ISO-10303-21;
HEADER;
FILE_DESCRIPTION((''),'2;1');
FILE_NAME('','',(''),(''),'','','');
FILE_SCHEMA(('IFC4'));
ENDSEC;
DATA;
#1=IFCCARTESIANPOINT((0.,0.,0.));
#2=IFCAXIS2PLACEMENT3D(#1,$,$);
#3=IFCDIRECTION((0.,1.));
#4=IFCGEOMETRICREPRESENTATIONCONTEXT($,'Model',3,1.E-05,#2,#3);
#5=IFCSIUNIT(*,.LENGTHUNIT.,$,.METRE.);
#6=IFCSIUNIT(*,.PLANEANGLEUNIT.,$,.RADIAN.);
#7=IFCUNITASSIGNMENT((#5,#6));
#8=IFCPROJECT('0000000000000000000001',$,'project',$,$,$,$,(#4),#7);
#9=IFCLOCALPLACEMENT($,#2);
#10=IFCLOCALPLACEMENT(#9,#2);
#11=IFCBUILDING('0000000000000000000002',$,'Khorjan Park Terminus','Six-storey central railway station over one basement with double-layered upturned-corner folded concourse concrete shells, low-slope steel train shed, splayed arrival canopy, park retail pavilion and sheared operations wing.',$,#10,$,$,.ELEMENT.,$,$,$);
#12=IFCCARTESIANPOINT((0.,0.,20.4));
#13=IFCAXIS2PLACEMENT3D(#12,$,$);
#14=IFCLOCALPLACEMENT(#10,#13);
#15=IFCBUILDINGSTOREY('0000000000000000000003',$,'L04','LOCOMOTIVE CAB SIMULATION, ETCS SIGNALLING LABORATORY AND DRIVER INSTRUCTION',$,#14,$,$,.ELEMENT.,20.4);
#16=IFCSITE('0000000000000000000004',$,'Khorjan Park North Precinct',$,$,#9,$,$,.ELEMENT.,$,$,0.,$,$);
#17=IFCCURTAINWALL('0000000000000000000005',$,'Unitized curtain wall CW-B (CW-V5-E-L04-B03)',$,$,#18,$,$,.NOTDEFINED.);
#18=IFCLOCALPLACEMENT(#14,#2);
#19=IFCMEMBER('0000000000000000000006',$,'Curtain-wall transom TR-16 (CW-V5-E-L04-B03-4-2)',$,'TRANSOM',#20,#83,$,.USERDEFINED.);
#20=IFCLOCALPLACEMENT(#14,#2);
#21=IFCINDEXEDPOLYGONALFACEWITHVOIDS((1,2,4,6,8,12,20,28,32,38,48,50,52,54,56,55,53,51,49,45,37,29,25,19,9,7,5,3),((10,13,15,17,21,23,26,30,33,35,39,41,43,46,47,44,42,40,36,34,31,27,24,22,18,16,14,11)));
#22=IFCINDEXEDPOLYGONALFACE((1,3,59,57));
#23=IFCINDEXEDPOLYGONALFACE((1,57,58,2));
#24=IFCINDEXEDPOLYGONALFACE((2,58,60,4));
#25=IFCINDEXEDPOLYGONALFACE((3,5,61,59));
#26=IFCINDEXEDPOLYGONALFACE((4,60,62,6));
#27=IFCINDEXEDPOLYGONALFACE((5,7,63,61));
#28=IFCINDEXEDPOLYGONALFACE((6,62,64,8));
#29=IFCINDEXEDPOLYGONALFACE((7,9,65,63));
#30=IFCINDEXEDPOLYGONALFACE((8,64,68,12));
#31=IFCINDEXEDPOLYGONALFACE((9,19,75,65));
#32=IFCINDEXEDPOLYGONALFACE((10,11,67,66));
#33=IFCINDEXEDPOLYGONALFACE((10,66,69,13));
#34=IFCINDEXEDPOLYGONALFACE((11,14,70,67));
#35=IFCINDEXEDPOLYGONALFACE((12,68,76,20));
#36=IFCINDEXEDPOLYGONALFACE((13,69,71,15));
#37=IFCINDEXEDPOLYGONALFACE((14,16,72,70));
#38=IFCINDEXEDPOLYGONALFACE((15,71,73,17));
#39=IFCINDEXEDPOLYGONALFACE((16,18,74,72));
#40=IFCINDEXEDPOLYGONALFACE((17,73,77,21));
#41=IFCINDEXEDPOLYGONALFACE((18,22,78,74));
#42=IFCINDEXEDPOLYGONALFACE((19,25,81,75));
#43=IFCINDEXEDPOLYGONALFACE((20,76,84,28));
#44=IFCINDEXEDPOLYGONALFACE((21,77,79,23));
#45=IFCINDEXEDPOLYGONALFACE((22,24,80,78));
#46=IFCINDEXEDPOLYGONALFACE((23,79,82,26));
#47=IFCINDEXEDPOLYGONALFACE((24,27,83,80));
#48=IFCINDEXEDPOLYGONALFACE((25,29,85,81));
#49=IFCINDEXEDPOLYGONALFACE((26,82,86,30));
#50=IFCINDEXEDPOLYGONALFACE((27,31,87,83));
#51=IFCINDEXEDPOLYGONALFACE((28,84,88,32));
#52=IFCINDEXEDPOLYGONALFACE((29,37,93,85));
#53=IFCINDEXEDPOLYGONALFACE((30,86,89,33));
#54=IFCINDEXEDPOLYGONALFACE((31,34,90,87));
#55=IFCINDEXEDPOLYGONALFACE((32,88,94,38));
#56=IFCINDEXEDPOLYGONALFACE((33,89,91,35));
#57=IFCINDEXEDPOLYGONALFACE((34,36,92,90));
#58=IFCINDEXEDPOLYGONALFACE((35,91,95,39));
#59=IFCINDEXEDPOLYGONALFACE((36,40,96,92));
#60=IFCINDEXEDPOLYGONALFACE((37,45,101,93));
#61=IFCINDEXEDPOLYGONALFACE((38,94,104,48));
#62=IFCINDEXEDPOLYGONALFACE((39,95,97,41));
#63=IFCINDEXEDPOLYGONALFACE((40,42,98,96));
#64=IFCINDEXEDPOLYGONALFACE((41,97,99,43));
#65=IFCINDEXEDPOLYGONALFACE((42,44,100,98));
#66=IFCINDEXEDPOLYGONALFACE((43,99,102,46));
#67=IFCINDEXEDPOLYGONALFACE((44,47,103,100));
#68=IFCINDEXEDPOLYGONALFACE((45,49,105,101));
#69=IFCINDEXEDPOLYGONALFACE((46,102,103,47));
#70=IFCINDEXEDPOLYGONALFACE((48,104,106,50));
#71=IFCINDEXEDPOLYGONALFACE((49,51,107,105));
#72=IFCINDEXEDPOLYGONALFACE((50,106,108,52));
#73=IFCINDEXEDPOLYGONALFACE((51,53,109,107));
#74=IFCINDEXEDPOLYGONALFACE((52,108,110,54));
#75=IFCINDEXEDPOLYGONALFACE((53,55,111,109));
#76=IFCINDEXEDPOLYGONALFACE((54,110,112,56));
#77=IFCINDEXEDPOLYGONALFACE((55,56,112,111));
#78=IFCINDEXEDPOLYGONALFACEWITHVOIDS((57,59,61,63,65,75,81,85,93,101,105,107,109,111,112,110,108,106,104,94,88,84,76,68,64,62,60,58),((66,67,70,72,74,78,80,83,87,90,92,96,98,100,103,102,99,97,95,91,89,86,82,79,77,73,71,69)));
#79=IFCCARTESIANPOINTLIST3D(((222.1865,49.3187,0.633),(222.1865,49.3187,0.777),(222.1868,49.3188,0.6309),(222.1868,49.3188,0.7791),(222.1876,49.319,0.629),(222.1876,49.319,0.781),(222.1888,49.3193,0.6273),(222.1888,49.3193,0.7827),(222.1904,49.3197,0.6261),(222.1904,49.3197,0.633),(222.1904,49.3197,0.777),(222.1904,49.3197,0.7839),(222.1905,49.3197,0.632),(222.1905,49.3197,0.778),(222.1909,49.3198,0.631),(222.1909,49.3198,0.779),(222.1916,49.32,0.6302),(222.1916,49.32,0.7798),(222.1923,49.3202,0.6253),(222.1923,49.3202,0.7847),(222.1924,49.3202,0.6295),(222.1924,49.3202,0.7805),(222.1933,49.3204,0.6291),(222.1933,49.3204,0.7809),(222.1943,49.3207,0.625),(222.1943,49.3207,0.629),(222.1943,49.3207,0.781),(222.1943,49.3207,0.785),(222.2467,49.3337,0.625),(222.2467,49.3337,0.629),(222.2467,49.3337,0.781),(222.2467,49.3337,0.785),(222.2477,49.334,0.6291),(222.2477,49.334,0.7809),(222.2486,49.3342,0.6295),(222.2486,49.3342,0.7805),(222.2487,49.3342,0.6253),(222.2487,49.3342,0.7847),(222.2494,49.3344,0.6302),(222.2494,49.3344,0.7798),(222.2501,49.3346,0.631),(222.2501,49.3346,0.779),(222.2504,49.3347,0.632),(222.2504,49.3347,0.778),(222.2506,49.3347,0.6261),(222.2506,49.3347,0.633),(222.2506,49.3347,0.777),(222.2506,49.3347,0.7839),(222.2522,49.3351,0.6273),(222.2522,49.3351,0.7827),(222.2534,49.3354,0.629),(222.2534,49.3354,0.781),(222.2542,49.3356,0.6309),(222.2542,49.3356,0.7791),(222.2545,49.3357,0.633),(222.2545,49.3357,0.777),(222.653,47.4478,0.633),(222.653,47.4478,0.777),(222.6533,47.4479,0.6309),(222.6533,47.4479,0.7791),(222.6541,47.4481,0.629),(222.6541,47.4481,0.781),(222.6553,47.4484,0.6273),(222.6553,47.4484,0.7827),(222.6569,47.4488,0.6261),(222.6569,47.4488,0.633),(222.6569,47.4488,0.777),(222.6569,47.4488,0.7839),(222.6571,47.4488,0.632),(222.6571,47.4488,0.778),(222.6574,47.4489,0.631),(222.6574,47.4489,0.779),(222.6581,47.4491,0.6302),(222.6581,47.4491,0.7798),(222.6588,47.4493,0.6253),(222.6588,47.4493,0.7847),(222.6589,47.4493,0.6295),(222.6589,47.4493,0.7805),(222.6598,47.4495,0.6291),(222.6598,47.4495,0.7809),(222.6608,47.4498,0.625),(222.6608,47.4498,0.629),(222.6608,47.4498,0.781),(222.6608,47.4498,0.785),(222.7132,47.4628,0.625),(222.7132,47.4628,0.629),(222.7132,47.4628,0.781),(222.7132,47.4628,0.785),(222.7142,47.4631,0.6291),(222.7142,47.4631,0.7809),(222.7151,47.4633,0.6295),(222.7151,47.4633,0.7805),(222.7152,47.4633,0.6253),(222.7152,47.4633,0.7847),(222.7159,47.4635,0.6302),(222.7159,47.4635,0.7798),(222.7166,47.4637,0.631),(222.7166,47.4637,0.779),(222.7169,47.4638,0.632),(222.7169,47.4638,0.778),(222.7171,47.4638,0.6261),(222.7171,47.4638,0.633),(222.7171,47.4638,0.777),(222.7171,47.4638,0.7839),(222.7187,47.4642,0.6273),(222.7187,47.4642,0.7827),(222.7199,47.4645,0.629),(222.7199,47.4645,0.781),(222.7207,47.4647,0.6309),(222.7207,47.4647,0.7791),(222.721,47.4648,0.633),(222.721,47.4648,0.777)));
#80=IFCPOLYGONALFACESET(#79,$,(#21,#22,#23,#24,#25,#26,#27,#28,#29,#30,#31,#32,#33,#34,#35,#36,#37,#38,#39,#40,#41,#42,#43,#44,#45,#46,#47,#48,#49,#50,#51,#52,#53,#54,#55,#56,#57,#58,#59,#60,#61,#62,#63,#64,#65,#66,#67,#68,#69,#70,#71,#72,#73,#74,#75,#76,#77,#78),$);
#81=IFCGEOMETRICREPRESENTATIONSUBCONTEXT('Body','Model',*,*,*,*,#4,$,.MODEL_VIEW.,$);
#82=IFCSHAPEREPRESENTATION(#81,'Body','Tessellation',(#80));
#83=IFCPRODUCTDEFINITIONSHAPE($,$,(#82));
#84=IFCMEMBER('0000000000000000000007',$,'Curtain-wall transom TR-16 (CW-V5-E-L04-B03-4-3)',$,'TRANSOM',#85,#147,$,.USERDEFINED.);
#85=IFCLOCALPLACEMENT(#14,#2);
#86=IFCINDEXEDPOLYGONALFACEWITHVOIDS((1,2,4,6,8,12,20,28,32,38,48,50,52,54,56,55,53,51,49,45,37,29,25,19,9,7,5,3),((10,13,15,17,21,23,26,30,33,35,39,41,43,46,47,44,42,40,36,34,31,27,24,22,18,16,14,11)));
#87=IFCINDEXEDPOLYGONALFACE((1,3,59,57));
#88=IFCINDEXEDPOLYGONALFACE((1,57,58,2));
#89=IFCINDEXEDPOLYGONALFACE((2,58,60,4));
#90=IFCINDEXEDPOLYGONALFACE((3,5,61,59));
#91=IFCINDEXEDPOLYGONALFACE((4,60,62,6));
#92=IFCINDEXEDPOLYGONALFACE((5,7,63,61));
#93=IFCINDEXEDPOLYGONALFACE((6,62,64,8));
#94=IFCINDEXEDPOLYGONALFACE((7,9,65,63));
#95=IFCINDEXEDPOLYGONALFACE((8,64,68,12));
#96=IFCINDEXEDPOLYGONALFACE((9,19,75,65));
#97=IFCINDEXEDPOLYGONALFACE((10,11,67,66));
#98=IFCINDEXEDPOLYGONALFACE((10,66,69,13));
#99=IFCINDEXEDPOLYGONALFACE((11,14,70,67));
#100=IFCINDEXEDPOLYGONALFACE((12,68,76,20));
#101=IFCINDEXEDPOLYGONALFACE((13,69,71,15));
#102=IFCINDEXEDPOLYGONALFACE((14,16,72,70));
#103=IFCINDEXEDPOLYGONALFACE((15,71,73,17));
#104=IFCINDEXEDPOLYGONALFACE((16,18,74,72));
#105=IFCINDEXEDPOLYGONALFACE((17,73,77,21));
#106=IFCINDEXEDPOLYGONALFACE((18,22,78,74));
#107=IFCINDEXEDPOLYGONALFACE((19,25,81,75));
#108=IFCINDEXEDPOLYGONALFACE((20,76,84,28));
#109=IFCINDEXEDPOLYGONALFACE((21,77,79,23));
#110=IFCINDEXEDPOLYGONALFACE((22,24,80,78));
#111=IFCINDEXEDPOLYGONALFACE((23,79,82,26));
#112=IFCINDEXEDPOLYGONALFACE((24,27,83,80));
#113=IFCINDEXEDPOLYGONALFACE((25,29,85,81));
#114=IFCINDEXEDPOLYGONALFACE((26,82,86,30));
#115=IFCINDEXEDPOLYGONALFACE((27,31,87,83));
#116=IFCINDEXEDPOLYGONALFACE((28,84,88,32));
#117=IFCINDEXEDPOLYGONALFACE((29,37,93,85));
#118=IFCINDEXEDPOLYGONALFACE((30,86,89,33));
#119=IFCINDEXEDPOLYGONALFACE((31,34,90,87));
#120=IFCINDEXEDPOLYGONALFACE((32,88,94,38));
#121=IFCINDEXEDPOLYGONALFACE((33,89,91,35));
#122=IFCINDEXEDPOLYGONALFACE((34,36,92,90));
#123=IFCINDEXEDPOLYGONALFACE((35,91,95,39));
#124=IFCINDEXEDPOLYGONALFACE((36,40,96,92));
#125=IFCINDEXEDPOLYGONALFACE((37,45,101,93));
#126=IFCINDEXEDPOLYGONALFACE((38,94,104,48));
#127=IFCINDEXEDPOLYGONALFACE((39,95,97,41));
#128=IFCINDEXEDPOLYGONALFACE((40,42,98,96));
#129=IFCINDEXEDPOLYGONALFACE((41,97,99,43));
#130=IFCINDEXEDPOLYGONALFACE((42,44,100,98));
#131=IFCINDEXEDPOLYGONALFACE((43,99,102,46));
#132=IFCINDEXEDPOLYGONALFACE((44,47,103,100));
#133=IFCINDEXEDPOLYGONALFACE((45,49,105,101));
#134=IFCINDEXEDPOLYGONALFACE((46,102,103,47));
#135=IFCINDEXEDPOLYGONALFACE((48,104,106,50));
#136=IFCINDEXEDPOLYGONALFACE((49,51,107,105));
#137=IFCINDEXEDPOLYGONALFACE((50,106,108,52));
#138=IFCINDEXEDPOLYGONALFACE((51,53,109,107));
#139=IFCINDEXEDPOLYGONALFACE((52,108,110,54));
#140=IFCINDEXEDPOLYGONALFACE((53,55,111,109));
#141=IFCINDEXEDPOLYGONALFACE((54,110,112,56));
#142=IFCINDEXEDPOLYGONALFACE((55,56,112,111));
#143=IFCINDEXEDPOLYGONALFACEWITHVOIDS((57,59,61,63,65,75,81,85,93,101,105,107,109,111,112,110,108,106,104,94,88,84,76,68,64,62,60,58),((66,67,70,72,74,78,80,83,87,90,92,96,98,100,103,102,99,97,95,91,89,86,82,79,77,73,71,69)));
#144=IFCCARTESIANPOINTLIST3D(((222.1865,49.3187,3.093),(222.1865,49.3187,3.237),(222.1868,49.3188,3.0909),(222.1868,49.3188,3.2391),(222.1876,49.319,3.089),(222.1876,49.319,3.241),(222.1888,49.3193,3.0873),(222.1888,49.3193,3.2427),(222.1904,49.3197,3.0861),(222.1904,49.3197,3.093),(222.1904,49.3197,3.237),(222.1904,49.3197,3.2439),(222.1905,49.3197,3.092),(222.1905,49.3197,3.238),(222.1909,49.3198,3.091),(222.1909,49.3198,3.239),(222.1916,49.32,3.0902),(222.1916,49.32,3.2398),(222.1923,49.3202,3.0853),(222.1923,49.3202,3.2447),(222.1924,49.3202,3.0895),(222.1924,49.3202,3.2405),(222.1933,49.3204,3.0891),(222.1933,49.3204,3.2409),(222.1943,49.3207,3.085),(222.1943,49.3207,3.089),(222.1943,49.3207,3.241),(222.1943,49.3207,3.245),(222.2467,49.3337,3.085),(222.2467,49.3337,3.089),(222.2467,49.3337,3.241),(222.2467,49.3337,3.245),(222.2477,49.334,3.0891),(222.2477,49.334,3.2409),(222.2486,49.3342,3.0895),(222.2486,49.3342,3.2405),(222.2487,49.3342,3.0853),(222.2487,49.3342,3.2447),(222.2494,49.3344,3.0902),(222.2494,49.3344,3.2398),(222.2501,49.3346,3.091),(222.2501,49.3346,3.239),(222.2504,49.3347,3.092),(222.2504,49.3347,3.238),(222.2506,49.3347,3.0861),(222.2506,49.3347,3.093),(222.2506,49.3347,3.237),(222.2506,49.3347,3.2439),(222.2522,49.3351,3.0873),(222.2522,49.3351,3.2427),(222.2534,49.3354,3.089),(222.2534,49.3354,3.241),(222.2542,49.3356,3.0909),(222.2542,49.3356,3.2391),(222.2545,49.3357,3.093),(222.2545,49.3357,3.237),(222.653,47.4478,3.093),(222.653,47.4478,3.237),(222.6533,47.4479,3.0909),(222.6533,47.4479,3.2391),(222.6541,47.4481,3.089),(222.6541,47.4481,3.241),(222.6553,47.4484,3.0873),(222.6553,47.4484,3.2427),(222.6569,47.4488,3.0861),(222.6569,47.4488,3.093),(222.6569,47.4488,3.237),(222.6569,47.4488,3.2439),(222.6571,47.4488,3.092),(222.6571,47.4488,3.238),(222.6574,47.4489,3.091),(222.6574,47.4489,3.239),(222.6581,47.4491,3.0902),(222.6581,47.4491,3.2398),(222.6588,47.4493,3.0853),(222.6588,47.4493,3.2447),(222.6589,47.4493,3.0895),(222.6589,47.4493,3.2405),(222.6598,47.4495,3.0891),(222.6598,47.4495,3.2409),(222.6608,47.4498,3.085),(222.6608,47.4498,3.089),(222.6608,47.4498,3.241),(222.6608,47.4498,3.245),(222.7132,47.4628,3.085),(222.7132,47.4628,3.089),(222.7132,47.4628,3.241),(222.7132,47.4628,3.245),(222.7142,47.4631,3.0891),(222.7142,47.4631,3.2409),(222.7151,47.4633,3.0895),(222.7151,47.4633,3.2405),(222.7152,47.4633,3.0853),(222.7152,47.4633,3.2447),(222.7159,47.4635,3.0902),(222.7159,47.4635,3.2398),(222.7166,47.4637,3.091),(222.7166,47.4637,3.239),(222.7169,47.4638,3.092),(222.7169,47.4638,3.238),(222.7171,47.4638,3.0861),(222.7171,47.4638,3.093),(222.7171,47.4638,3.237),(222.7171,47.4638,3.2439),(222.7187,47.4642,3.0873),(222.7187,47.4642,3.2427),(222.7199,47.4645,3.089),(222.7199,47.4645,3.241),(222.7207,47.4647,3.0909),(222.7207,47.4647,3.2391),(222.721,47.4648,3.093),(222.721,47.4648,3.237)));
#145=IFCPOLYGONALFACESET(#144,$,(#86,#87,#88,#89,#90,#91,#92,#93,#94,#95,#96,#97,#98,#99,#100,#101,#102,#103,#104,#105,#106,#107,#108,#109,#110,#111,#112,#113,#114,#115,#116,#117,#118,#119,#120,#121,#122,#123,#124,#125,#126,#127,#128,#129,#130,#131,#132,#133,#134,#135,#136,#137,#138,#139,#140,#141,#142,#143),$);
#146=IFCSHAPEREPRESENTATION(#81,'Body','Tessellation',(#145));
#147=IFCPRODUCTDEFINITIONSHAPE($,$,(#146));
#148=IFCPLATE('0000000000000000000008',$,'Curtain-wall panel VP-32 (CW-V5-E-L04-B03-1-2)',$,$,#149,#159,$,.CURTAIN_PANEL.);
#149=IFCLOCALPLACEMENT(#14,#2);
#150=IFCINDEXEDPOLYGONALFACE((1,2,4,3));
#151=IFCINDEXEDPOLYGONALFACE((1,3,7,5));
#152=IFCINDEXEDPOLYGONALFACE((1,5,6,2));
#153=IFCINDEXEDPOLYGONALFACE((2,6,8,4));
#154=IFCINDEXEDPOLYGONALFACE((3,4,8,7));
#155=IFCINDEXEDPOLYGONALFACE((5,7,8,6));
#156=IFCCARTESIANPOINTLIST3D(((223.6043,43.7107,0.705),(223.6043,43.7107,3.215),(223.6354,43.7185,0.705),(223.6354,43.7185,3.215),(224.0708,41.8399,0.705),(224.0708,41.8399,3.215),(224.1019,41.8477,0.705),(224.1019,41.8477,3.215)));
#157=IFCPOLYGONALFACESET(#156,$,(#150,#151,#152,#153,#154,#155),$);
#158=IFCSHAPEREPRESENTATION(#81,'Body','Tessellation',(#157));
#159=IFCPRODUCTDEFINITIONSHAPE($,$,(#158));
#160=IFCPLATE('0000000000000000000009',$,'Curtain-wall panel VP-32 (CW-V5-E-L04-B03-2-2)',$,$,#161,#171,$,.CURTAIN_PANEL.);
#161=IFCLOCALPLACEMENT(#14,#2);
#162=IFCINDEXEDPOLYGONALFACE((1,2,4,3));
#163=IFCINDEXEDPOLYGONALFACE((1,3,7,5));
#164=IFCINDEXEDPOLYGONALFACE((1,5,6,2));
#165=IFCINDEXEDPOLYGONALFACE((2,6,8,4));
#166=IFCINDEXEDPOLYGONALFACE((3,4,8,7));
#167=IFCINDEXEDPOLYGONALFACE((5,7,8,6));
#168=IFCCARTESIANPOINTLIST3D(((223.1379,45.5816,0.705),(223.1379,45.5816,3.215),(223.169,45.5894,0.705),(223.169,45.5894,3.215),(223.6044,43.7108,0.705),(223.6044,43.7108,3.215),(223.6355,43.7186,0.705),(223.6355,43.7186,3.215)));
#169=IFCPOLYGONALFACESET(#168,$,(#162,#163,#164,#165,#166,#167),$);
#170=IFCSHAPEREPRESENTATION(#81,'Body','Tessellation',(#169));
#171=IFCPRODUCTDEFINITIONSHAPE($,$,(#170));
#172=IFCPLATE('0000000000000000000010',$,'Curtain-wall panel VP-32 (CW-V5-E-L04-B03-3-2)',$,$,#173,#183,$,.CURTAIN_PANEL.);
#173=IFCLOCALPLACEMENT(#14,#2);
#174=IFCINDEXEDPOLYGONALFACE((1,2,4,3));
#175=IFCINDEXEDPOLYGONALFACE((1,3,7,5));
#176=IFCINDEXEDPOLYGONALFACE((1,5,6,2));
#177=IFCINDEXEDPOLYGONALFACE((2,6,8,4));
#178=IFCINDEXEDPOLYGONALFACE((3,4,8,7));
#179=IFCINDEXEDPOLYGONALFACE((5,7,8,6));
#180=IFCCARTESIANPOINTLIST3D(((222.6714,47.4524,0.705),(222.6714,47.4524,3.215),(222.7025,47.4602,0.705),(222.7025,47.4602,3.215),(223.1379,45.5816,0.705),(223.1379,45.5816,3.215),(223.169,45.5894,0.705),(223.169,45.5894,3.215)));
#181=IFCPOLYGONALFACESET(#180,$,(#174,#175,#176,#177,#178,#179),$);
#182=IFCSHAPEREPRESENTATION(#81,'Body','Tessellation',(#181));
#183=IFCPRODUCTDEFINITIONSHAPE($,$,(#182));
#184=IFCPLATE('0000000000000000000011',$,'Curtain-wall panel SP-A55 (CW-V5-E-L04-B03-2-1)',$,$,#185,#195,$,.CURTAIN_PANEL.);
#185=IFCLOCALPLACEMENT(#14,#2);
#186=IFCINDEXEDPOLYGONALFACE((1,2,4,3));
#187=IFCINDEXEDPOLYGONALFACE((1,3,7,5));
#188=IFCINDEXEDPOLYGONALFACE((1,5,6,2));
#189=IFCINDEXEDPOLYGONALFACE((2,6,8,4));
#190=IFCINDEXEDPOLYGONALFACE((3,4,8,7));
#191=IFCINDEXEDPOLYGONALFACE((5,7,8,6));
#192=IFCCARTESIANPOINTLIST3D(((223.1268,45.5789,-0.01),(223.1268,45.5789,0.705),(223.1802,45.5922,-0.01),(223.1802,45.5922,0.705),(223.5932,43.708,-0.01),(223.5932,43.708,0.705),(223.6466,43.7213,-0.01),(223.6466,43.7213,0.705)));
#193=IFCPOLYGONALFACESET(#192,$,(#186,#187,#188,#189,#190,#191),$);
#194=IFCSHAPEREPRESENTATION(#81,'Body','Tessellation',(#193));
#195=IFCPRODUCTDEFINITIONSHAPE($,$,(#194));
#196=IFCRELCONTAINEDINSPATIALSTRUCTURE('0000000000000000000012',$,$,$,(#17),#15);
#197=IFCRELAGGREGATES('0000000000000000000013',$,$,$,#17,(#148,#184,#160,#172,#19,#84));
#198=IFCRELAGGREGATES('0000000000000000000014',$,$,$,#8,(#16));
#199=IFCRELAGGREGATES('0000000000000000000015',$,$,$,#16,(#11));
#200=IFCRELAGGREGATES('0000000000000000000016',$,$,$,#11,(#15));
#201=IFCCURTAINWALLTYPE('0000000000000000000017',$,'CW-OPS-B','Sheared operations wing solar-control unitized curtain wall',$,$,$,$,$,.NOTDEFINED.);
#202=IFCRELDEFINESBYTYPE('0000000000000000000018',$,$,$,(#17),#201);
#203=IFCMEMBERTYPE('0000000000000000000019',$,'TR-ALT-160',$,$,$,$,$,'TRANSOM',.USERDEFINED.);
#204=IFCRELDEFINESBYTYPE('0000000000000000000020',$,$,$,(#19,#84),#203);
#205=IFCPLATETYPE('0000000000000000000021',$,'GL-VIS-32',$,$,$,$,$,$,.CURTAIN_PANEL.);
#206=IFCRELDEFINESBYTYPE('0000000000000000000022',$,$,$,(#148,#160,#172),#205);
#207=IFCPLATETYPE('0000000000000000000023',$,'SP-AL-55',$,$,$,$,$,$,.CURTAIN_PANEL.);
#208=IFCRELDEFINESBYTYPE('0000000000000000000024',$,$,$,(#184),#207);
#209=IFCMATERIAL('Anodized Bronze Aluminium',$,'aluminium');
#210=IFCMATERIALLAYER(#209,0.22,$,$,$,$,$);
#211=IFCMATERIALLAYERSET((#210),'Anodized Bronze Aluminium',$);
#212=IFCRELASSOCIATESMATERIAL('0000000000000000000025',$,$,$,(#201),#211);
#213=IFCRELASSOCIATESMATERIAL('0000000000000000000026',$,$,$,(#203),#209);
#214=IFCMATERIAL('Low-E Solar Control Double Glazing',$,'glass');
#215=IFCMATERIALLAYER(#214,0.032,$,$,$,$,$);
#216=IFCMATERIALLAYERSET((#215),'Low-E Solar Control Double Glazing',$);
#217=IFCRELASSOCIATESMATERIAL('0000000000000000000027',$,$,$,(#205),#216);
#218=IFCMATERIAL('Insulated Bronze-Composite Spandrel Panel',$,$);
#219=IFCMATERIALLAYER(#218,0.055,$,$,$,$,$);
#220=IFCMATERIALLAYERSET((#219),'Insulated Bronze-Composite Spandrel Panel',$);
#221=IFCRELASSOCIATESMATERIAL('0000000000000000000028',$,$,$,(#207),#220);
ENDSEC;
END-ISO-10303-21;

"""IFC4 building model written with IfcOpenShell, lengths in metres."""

from ifc_helpers import new_model, si_unit, direction, frame, origin, origin_2d, place, context, subcontext, project, spatial, rectangle, hollow_rectangle, extrude, material, layer, layer_set, material_profile, profile_set, type_object, element, aggregate, save


model = new_model("IFC4")

# Units and contexts
model_context = context("Model", 3, precision=1e-05, world=origin(), true_north=direction((0.0, 1.0)))
body_context = subcontext(model_context, "Body", "Model", "MODEL_VIEW")
ifc_project = project(units=[si_unit("LENGTHUNIT", "METRE"), si_unit("PLANEANGLEUNIT", "RADIAN")], contexts=[model_context])

# Site, building, storey
site_placement = place(None, origin())
site = spatial("IfcSite", under=ifc_project, at=site_placement, Name="Khorjan Park North Precinct", CompositionType="ELEMENT", RefElevation=0.0)
building_placement = place(site_placement, origin())
building = spatial("IfcBuilding", under=site, at=building_placement, Name="Khorjan Park Terminus", Description="Six-storey central railway station over one basement with double-layered upturned-corner folded concourse concrete shells, low-slope steel train shed, splayed arrival canopy, park retail pavilion and sheared operations wing.", CompositionType="ELEMENT")
storey_placement = place(building_placement, frame((0.0, 0.0, 20.4)))
storey = spatial("IfcBuildingStorey", under=building, at=storey_placement, Name="L04", Description="LOCOMOTIVE CAB SIMULATION, ETCS SIGNALLING LABORATORY AND DRIVER INSTRUCTION", CompositionType="ELEMENT", Elevation=20.4)

# Curtain wall, members, plates
ifc_material_1 = material(Name="Anodized Bronze Aluminium", Category="aluminium")
ifc_layer_1 = layer(ifc_material_1, 0.22)
ifc_layer_set_1 = layer_set([ifc_layer_1], Name="Anodized Bronze Aluminium")
curtain_wall_type = type_object("IfcCurtainWallType", Name="CW-OPS-B", Description="Sheared operations wing solar-control unitized curtain wall", PredefinedType="NOTDEFINED", material=ifc_layer_set_1)
curtain_wall_placement = place(storey_placement, origin())
curtain_wall = element("IfcCurtainWall", 1, at=curtain_wall_placement, inside=storey, type_object=curtain_wall_type, Name="Unitized curtain wall CW-B (CW-V5-E-L04-B03)", PredefinedType="NOTDEFINED")
ifc_material_profile_1 = material_profile(ifc_material_1, hollow_rectangle(XDim=0.07, YDim=0.16, WallThickness=0.004, InnerFilletRadius=0.004, OuterFilletRadius=0.008, at=origin_2d()), Name="ALT 70x160x4")
ifc_profile_set_1 = profile_set([ifc_material_profile_1], Name="Anodized Bronze Aluminium")
member_type_1 = type_object("IfcMemberType", Name="TR-ALT-160", ElementType="TRANSOM", PredefinedType="USERDEFINED", material=ifc_profile_set_1)
member_1_placement = place(storey_placement, frame((222.687, 47.4563, 0.705), z_axis=(-0.241938, 0.970292, 0.0), x_axis=(-0.970292, -0.241938, 0.0)))
member_1 = element("IfcMember", 2, at=member_1_placement, type_object=member_type_1, Name="Curtain-wall transom TR-16 (CW-V5-E-L04-B03-4-2)", ObjectType="TRANSOM", PredefinedType="USERDEFINED", context=body_context, shape_type="SweptSolid", body=[
    extrude(hollow_rectangle(XDim=0.07, YDim=0.16, WallThickness=0.004, InnerFilletRadius=0.004, OuterFilletRadius=0.008, at=origin_2d()), origin(), (0.0, 0.0, 1.0), 1.9282),
])
member_2_placement = place(storey_placement, frame((222.687, 47.4563, 3.165), z_axis=(-0.241938, 0.970292, 0.0), x_axis=(-0.970292, -0.241938, 0.0)))
member_2 = element("IfcMember", 3, at=member_2_placement, type_object=member_type_1, Name="Curtain-wall transom TR-16 (CW-V5-E-L04-B03-4-3)", ObjectType="TRANSOM", PredefinedType="USERDEFINED", context=body_context, shape_type="SweptSolid", body=[
    extrude(hollow_rectangle(XDim=0.07, YDim=0.16, WallThickness=0.004, InnerFilletRadius=0.004, OuterFilletRadius=0.008, at=origin_2d()), origin(), (0.0, 0.0, 1.0), 1.9282),
])
ifc_material_2 = material(Name="Low-E Solar Control Double Glazing", Category="glass")
ifc_layer_2 = layer(ifc_material_2, 0.032)
ifc_layer_set_2 = layer_set([ifc_layer_2], Name="Low-E Solar Control Double Glazing")
plate_type_1 = type_object("IfcPlateType", Name="GL-VIS-32", PredefinedType="CURTAIN_PANEL", material=ifc_layer_set_2)
plate_1_placement = place(storey_placement, frame((223.8531, 42.7792, 0.705), z_axis=(0.0, 0.0, 1.0), x_axis=(-0.241923, 0.970295, 0.0)))
plate_1 = element("IfcPlate", 4, at=plate_1_placement, type_object=plate_type_1, Name="Curtain-wall panel VP-32 (CW-V5-E-L04-B03-1-2)", PredefinedType="CURTAIN_PANEL", context=body_context, shape_type="SweptSolid", body=[
    extrude(rectangle(XDim=1.9281, YDim=0.032, at=origin_2d()), origin(), (0.0, 0.0, 1.0), 2.51),
])
plate_2_placement = place(storey_placement, frame((223.3867, 44.6501, 0.705), z_axis=(0.0, 0.0, 1.0), x_axis=(-0.241923, 0.970295, 0.0)))
plate_2 = element("IfcPlate", 5, at=plate_2_placement, type_object=plate_type_1, Name="Curtain-wall panel VP-32 (CW-V5-E-L04-B03-2-2)", PredefinedType="CURTAIN_PANEL", context=body_context, shape_type="SweptSolid", body=[
    extrude(rectangle(XDim=1.9281, YDim=0.032, at=origin_2d()), origin(), (0.0, 0.0, 1.0), 2.51),
])
plate_3_placement = place(storey_placement, frame((222.9202, 46.5209, 0.705), z_axis=(0.0, 0.0, 1.0), x_axis=(-0.241923, 0.970295, 0.0)))
plate_3 = element("IfcPlate", 6, at=plate_3_placement, type_object=plate_type_1, Name="Curtain-wall panel VP-32 (CW-V5-E-L04-B03-3-2)", PredefinedType="CURTAIN_PANEL", context=body_context, shape_type="SweptSolid", body=[
    extrude(rectangle(XDim=1.9281, YDim=0.032, at=origin_2d()), origin(), (0.0, 0.0, 1.0), 2.51),
])
ifc_material_3 = material(Name="Insulated Bronze-Composite Spandrel Panel")
ifc_layer_3 = layer(ifc_material_3, 0.055)
ifc_layer_set_3 = layer_set([ifc_layer_3], Name="Insulated Bronze-Composite Spandrel Panel")
plate_type_2 = type_object("IfcPlateType", Name="SP-AL-55", PredefinedType="CURTAIN_PANEL", material=ifc_layer_set_3)
plate_4_placement = place(storey_placement, frame((223.3867, 44.6501, -0.01), z_axis=(0.0, 0.0, 1.0), x_axis=(-0.241923, 0.970295, 0.0)))
plate_4 = element("IfcPlate", 7, at=plate_4_placement, type_object=plate_type_2, Name="Curtain-wall panel SP-A55 (CW-V5-E-L04-B03-2-1)", PredefinedType="CURTAIN_PANEL", context=body_context, shape_type="SweptSolid", body=[
    extrude(rectangle(XDim=1.9281, YDim=0.055, at=origin_2d()), origin(), (0.0, 0.0, 1.0), 0.715),
])
aggregate(curtain_wall, [plate_1, plate_4, plate_2, plate_3, member_1, member_2])

save(model, "model.ifc")
